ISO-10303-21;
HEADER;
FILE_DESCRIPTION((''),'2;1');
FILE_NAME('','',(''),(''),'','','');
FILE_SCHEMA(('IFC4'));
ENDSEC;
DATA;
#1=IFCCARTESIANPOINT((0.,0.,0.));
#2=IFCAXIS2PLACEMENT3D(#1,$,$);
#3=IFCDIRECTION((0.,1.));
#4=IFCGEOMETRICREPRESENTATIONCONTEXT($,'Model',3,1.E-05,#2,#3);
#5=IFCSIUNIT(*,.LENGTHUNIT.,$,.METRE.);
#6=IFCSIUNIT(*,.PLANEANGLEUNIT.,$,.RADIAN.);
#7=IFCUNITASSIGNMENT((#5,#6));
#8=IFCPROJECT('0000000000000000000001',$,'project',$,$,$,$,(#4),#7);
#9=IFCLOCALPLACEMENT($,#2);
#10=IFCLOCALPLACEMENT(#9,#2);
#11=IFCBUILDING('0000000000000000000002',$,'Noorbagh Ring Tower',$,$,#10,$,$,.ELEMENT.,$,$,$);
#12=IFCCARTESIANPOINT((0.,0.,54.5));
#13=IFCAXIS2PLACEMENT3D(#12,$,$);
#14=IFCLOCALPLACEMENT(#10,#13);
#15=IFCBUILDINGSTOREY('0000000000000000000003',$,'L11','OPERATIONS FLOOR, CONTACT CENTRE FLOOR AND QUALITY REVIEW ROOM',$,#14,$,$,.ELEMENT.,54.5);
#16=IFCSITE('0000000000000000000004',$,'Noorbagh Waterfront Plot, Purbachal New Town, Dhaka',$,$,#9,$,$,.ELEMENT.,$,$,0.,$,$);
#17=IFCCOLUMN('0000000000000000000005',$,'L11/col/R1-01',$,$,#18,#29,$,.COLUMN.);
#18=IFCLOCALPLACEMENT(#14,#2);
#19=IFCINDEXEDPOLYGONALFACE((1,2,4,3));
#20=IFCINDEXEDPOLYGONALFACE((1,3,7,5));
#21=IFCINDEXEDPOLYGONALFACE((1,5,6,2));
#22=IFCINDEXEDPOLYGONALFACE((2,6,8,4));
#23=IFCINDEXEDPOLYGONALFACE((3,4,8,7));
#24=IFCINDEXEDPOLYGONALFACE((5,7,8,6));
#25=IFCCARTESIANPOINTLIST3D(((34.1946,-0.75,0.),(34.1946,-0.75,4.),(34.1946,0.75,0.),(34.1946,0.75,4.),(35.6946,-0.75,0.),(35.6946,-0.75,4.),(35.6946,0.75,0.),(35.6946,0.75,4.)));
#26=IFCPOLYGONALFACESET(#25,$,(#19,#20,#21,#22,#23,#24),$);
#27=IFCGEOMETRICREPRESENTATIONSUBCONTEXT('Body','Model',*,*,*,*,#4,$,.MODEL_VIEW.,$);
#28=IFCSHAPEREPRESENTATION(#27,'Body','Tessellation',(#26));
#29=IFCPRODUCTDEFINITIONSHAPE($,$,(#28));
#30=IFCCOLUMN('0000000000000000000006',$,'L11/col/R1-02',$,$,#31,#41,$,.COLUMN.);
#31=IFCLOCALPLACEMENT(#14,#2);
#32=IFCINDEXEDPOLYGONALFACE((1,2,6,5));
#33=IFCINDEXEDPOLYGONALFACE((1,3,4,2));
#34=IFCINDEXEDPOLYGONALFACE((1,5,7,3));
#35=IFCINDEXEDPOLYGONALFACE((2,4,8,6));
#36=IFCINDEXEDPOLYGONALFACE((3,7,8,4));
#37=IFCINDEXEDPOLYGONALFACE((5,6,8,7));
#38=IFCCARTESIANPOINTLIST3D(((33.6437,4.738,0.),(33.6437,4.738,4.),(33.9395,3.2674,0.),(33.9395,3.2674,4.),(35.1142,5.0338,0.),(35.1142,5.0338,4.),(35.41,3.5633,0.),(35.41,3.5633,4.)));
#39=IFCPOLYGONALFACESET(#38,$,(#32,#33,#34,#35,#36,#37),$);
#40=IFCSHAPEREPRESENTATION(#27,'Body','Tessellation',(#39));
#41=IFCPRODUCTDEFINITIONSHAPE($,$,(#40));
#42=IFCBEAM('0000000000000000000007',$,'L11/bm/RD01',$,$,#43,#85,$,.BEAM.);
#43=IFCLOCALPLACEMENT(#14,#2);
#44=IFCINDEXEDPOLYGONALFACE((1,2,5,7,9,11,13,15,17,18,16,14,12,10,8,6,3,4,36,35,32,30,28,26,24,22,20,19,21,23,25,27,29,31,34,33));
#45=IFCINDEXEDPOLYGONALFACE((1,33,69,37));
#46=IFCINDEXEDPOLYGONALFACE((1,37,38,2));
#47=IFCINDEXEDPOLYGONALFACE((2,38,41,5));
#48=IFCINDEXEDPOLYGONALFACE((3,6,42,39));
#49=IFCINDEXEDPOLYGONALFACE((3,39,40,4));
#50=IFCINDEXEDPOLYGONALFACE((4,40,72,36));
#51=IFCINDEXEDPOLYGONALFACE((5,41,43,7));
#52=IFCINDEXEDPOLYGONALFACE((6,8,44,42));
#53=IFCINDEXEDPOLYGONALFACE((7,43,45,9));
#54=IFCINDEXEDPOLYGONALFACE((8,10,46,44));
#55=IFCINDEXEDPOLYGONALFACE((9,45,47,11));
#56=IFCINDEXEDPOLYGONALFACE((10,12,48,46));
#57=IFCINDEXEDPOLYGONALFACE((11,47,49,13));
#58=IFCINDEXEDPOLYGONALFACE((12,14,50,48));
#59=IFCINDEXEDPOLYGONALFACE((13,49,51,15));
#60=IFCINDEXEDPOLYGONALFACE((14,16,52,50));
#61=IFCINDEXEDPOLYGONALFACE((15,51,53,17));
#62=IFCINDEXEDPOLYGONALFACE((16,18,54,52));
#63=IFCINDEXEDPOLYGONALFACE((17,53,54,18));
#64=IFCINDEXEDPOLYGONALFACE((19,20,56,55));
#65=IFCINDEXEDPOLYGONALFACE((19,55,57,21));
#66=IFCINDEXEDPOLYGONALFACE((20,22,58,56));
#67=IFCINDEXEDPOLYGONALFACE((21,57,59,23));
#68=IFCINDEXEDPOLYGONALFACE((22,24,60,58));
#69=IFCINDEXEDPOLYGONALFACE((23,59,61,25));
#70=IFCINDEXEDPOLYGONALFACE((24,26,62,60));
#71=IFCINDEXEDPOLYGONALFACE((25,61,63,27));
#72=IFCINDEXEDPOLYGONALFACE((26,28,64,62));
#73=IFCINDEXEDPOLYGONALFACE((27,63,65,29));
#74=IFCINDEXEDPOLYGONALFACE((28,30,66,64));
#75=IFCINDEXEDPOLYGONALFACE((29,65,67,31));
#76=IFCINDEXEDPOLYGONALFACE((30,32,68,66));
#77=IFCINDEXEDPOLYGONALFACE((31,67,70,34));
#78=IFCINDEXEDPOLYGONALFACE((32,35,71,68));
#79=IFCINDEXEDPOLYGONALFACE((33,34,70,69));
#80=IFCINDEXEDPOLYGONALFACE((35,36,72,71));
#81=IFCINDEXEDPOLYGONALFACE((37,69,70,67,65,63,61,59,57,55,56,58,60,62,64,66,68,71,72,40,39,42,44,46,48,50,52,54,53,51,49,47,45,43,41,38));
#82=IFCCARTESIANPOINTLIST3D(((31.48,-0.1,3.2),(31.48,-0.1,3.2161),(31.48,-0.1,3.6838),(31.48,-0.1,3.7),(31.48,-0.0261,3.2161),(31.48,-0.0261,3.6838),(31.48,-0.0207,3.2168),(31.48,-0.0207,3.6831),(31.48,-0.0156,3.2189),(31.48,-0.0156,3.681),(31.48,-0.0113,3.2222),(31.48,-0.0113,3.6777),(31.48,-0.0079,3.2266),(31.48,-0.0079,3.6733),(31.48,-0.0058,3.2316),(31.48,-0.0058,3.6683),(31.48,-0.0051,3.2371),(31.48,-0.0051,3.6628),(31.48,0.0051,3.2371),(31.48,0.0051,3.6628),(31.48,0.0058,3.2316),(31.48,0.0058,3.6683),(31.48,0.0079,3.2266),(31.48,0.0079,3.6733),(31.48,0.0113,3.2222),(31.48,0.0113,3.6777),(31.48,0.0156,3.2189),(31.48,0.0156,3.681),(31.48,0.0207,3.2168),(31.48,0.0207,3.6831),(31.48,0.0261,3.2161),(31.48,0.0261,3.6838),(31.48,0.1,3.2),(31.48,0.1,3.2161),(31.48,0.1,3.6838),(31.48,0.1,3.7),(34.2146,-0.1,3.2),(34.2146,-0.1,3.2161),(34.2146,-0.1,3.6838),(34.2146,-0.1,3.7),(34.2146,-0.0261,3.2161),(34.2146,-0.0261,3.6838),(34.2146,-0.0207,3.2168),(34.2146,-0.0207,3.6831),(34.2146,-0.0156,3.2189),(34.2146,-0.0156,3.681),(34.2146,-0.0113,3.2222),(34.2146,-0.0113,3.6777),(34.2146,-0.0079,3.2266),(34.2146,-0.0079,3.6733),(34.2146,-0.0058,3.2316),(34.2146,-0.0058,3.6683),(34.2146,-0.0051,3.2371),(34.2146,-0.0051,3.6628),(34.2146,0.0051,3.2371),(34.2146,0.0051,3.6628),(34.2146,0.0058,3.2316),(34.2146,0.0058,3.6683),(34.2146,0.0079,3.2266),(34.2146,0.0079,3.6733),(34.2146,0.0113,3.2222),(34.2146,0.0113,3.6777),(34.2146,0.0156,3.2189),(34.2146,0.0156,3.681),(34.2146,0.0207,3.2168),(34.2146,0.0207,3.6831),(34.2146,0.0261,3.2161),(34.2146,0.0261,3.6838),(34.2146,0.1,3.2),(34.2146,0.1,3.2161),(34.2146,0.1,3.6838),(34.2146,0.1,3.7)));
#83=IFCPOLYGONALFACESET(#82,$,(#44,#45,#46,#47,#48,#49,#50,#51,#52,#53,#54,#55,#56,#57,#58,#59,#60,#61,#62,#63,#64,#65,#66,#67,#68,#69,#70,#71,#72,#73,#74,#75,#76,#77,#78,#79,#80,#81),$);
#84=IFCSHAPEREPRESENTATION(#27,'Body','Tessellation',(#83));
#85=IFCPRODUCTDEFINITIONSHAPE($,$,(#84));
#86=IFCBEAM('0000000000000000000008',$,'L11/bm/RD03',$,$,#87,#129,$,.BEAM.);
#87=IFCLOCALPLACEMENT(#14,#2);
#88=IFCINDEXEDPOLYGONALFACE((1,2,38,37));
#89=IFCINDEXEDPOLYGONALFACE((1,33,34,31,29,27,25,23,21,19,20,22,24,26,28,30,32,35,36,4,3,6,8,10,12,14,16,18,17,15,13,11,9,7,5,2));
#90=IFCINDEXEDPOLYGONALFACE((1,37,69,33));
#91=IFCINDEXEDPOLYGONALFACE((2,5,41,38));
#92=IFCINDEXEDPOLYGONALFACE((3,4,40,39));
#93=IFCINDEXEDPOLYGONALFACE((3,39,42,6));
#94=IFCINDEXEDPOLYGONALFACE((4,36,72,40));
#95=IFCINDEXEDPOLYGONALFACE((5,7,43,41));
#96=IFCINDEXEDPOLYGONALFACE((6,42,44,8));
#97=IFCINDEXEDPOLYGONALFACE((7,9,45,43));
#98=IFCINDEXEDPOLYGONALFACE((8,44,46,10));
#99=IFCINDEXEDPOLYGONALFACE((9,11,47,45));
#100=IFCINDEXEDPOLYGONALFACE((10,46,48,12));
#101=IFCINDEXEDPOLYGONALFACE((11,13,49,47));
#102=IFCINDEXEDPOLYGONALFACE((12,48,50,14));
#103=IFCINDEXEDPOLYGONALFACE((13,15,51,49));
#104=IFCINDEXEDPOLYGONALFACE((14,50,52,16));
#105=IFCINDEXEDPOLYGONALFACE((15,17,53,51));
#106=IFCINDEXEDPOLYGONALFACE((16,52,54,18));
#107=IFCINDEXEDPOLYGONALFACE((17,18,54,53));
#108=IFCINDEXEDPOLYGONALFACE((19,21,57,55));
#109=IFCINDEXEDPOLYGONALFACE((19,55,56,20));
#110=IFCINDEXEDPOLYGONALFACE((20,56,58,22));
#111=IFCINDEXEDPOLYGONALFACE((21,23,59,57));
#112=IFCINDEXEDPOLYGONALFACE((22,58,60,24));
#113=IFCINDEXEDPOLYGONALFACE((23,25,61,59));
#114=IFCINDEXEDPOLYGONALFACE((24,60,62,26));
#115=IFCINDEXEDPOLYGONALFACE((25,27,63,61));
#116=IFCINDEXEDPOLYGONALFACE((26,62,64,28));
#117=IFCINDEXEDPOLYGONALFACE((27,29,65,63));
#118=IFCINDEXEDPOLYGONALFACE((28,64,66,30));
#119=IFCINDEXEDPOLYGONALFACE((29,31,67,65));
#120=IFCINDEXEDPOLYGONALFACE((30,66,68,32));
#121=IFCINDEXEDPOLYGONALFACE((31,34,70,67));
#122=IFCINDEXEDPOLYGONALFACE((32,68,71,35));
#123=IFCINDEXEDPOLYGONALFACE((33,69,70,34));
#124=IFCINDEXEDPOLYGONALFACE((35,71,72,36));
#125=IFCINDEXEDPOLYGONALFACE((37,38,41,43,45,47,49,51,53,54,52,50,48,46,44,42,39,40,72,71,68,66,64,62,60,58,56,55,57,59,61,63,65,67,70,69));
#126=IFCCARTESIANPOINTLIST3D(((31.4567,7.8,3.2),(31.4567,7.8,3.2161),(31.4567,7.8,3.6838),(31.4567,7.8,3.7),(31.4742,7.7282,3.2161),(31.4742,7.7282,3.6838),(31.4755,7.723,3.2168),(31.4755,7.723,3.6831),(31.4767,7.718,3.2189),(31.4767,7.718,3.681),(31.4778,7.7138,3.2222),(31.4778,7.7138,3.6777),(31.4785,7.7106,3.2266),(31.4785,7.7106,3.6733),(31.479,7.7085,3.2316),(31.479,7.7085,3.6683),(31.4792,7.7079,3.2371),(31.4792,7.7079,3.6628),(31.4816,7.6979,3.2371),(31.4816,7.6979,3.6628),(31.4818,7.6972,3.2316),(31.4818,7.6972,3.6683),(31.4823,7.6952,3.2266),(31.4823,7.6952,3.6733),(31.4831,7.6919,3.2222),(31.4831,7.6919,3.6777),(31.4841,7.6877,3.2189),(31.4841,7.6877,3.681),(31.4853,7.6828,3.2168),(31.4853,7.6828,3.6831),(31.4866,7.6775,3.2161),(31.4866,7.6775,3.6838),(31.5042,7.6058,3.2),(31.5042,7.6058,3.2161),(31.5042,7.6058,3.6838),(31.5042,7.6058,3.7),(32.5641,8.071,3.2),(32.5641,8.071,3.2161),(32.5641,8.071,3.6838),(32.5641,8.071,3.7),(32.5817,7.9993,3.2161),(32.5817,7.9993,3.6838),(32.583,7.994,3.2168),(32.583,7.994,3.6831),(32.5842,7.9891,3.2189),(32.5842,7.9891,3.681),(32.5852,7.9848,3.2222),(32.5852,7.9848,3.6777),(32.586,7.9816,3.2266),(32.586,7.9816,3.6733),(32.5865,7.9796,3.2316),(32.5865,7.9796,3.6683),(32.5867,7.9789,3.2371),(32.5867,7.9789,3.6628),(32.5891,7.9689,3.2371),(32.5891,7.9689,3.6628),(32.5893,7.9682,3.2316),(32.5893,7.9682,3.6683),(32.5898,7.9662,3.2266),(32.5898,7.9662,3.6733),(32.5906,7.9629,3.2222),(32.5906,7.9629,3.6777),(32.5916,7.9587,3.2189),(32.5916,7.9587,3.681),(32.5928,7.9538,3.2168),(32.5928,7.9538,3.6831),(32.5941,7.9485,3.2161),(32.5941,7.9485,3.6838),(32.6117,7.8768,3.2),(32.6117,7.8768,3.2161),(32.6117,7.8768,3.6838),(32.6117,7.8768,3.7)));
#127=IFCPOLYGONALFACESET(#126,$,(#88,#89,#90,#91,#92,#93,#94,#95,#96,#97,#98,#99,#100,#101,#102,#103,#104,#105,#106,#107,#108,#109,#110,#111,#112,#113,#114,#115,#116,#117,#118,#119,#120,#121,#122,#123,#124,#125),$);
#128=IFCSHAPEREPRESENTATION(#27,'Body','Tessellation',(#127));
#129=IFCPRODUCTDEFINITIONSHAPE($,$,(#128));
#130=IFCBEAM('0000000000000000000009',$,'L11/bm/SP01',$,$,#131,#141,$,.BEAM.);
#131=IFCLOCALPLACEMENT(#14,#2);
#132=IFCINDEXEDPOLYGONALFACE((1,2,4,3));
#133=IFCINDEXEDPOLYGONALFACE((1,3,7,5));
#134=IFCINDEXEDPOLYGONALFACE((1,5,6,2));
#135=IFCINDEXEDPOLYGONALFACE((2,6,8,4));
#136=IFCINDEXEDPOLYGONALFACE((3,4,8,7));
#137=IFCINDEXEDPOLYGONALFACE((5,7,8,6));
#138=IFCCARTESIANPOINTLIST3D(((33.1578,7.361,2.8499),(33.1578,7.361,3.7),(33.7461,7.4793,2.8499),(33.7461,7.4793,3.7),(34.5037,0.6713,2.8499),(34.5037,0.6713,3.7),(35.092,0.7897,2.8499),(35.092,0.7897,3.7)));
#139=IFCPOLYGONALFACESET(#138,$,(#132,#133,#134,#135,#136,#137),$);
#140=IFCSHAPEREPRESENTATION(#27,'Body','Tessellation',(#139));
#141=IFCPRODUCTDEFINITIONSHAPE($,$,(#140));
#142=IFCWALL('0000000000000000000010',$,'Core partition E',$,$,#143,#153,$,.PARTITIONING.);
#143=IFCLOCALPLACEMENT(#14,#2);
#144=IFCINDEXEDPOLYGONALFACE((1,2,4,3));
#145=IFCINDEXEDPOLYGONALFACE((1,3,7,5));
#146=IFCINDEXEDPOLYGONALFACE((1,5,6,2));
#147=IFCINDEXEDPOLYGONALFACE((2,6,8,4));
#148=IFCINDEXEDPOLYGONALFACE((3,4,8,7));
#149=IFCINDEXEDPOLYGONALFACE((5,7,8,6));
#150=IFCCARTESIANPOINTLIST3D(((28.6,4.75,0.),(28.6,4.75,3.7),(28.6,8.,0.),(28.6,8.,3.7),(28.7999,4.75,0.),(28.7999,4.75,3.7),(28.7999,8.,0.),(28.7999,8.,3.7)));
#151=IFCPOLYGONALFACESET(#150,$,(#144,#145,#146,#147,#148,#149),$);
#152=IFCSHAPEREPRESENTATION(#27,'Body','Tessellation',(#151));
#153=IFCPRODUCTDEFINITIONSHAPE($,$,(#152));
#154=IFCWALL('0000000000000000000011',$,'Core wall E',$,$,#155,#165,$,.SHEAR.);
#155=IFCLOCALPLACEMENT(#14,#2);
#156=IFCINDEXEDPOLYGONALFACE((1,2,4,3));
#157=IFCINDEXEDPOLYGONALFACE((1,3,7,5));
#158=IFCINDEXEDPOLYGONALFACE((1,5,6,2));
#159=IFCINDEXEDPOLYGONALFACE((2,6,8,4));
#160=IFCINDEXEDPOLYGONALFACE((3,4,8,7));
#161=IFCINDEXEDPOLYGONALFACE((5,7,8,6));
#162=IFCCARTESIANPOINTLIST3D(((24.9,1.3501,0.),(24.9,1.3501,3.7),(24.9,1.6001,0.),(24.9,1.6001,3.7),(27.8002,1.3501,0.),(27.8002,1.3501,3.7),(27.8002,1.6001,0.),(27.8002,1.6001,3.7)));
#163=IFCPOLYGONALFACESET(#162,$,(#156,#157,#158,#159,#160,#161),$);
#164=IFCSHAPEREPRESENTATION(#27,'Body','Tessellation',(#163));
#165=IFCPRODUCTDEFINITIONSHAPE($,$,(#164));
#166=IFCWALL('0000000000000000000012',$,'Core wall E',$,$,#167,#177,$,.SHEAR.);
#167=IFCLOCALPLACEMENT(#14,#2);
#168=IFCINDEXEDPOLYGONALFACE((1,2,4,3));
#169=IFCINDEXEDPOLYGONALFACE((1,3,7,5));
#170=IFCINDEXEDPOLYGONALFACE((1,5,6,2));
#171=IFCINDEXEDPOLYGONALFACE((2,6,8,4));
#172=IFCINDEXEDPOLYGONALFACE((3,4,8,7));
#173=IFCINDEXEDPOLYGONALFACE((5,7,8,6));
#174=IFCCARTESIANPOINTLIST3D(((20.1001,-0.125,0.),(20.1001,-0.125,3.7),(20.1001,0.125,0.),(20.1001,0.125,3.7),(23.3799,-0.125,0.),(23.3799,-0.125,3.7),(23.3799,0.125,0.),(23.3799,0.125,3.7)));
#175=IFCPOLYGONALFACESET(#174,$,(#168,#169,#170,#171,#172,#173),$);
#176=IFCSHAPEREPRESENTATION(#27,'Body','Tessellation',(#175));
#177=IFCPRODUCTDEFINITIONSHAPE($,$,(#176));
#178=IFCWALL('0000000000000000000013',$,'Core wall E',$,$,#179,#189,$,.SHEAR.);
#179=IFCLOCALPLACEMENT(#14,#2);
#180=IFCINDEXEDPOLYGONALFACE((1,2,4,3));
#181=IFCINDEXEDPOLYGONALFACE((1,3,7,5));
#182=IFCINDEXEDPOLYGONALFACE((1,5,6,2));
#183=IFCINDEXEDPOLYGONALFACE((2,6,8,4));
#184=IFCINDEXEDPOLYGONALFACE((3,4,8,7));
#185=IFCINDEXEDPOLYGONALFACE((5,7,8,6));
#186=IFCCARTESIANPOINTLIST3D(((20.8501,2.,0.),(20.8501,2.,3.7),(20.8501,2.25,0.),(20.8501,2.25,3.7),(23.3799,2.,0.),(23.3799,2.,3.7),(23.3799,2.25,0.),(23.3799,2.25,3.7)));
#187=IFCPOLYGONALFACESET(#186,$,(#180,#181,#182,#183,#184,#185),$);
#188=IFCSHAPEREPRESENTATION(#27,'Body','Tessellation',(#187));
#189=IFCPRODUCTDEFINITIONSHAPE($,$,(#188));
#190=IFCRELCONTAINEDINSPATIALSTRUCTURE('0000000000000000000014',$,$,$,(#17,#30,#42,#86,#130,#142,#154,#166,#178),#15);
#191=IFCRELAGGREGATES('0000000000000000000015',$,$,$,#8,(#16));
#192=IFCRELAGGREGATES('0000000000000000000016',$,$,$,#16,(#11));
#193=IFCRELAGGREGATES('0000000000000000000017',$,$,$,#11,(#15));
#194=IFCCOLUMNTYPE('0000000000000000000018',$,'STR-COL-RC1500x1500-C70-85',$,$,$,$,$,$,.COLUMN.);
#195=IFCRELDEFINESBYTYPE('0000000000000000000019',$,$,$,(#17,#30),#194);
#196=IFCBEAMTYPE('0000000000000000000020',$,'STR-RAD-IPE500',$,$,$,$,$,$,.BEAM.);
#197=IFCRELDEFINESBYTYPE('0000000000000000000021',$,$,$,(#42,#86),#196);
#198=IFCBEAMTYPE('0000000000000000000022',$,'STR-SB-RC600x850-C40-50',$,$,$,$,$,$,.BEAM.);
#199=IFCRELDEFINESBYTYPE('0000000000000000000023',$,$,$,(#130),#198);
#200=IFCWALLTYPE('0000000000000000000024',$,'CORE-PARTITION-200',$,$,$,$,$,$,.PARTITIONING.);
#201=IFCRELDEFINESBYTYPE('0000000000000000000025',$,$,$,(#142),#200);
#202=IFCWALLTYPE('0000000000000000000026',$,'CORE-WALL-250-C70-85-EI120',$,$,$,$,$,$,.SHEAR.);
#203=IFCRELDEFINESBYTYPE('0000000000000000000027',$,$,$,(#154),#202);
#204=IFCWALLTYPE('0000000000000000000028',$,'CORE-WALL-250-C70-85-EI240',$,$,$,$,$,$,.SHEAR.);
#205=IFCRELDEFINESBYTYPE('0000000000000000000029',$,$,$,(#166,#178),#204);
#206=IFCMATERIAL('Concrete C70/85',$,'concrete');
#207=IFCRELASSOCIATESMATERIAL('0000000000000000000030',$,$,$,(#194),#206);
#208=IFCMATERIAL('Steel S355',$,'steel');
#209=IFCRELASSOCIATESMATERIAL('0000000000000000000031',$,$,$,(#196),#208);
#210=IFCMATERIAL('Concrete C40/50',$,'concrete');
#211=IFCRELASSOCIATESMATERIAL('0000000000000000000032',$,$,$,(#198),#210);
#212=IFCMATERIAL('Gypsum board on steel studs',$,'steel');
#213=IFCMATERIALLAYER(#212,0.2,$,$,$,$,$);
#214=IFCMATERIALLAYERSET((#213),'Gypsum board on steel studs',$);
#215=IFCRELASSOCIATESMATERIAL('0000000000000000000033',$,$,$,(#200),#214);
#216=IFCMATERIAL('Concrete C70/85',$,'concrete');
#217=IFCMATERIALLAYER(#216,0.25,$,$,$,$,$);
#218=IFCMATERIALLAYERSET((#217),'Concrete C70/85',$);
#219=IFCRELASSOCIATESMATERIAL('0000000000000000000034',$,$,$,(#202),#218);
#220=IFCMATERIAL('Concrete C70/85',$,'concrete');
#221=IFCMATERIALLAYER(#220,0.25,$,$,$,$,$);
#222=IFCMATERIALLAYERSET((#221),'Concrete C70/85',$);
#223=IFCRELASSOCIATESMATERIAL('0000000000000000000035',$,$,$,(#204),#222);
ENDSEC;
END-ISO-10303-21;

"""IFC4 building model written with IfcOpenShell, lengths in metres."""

from ifc_helpers import new_model, si_unit, direction, frame, frame_2d, origin, origin_2d, place, context, subcontext, project, spatial, rectangle, i_section, extrude, material, layer, layer_set, material_profile, profile_set, type_object, element, save


model = new_model("IFC4")

# Units and contexts
model_context = context("Model", 3, precision=1e-05, world=origin(), true_north=direction((0.0, 1.0)))
body_context = subcontext(model_context, "Body", "Model", "MODEL_VIEW")
ifc_project = project(units=[si_unit("LENGTHUNIT", "METRE"), si_unit("PLANEANGLEUNIT", "RADIAN")], contexts=[model_context])

# Site, building, storey
site_placement = place(None, origin())
site = spatial("IfcSite", under=ifc_project, at=site_placement, Name="Noorbagh Waterfront Plot, Purbachal New Town, Dhaka", CompositionType="ELEMENT", RefElevation=0.0)
building_placement = place(site_placement, origin())
building = spatial("IfcBuilding", under=site, at=building_placement, Name="Noorbagh Ring Tower", CompositionType="ELEMENT")
storey_placement = place(building_placement, frame((0.0, 0.0, 54.5)))
storey = spatial("IfcBuildingStorey", under=building, at=storey_placement, Name="L11", Description="OPERATIONS FLOOR, CONTACT CENTRE FLOOR AND QUALITY REVIEW ROOM", CompositionType="ELEMENT", Elevation=54.5)

# Columns
ifc_material_1 = material(Name="Concrete C70/85", Category="concrete")
ifc_material_profile_1 = material_profile(ifc_material_1, rectangle(XDim=1.5, YDim=1.5, at=origin_2d()), Name="RC1500x1500")
ifc_profile_set_1 = profile_set([ifc_material_profile_1], Name="Concrete C70/85")
column_type = type_object("IfcColumnType", Name="STR-COL-RC1500x1500-C70-85", PredefinedType="COLUMN", material=ifc_profile_set_1)
for number, where, z_axis, x_axis, name in (
    (1, (34.9446, 0.0, 0.0), (0.0, 0.0, 1.0), (0.0, 1.0, 0.0), "L11/col/R1-01"),
    (2, (34.5269, 4.1506, 0.0), (0.0, 0.0, 1.0), (-0.19723, 0.980357, 0.0), "L11/col/R1-02"),
):
    element("IfcColumn", number, at=place(storey_placement, frame(where, z_axis=z_axis, x_axis=x_axis)), inside=storey, type_object=column_type, Name=name, PredefinedType="COLUMN", context=body_context, shape_type="SweptSolid", body=[
        extrude(rectangle(XDim=1.5, YDim=1.5, at=origin_2d()), origin(), (0.0, 0.0, 1.0), 4.0),
    ])

# Beams
ifc_material_2 = material(Name="Steel S355", Category="steel")
ifc_material_profile_2 = material_profile(ifc_material_2, i_section(OverallWidth=0.2, OverallDepth=0.5, WebThickness=0.0103, FlangeThickness=0.0161, FilletRadius=0.021, at=origin_2d()), Name="IPE500")
ifc_profile_set_2 = profile_set([ifc_material_profile_2], Name="Steel S355")
beam_type_1 = type_object("IfcBeamType", Name="STR-RAD-IPE500", PredefinedType="BEAM", material=ifc_profile_set_2)
beam_1_placement = place(storey_placement, frame((34.2146, 0.0, 3.45), z_axis=(-1.0, 0.0, 0.0), x_axis=(0.0, -1.0, 0.0)))
element("IfcBeam", 3, at=beam_1_placement, inside=storey, type_object=beam_type_1, Name="L11/bm/RD01", PredefinedType="BEAM", context=body_context, shape_type="SweptSolid", body=[
    extrude(i_section(OverallWidth=0.2, OverallDepth=0.5, WebThickness=0.0103, FlangeThickness=0.0161, FilletRadius=0.021, at=origin_2d()), origin(), (0.0, 0.0, 1.0), 2.7346),
])
beam_2_placement = place(storey_placement, frame((32.5879, 7.9739, 3.45), z_axis=(-0.97134, -0.237696, 0.0), x_axis=(0.237696, -0.97134, 0.0)))
element("IfcBeam", 4, at=beam_2_placement, inside=storey, type_object=beam_type_1, Name="L11/bm/RD03", PredefinedType="BEAM", context=body_context, shape_type="SweptSolid", body=[
    extrude(i_section(OverallWidth=0.2, OverallDepth=0.5, WebThickness=0.0103, FlangeThickness=0.0161, FilletRadius=0.021, at=origin_2d()), origin(), (0.0, 0.0, 1.0), 1.1401),
])
ifc_material_3 = material(Name="Concrete C40/50", Category="concrete")
ifc_material_profile_3 = material_profile(ifc_material_3, rectangle(XDim=0.6001, YDim=0.8501, at=origin_2d()), Name="RC600x850")
ifc_profile_set_3 = profile_set([ifc_material_profile_3], Name="Concrete C40/50")
beam_type_2 = type_object("IfcBeamType", Name="STR-SB-RC600x850-C40-50", PredefinedType="BEAM", material=ifc_profile_set_3)
beam_3_placement = place(storey_placement, frame((34.7979, 0.7305, 3.2749), z_axis=(-0.197244, 0.980354, 0.0), x_axis=(-0.980354, -0.197244, 0.0)))
element("IfcBeam", 5, at=beam_3_placement, inside=storey, type_object=beam_type_2, Name="L11/bm/SP01", PredefinedType="BEAM", context=body_context, shape_type="SweptSolid", body=[
    extrude(rectangle(XDim=0.6001, YDim=0.8501, at=origin_2d()), origin(), (0.0, 0.0, 1.0), 6.8237),
])

# Walls
ifc_material_4 = material(Name="Gypsum board on steel studs", Category="steel")
ifc_layer_1 = layer(ifc_material_4, 0.2)
ifc_layer_set_1 = layer_set([ifc_layer_1], Name="Gypsum board on steel studs")
wall_type_1 = type_object("IfcWallType", Name="CORE-PARTITION-200", PredefinedType="PARTITIONING", material=ifc_layer_set_1)
wall_1_placement = place(storey_placement, frame((28.7, 4.75, 0.0), z_axis=(0.0, 0.0, 1.0), x_axis=(0.0, 1.0, 0.0)))
element("IfcWall", 6, at=wall_1_placement, inside=storey, type_object=wall_type_1, Name="Core partition E", PredefinedType="PARTITIONING", context=body_context, shape_type="SweptSolid", body=[
    extrude(rectangle(XDim=3.25, YDim=0.2, at=frame_2d((1.625, 0.0))), origin(), (0.0, 0.0, 1.0), 3.7),
])
ifc_material_5 = material(Name="Concrete C70/85", Category="concrete")
ifc_layer_2 = layer(ifc_material_5, 0.25)
ifc_layer_set_2 = layer_set([ifc_layer_2], Name="Concrete C70/85")
wall_type_2 = type_object("IfcWallType", Name="CORE-WALL-250-C70-85-EI120", PredefinedType="SHEAR", material=ifc_layer_set_2)
wall_2_placement = place(storey_placement, frame((24.8999, 1.4751, 0.0), z_axis=(0.0, 0.0, 1.0), x_axis=(1.0, 0.0, 0.0)))
element("IfcWall", 7, at=wall_2_placement, inside=storey, type_object=wall_type_2, Name="Core wall E", PredefinedType="SHEAR", context=body_context, shape_type="SweptSolid", body=[
    extrude(rectangle(XDim=2.9001, YDim=0.25, at=frame_2d((1.4502, 0.0))), origin(), (0.0, 0.0, 1.0), 3.7),
])
ifc_material_6 = material(Name="Concrete C70/85", Category="concrete")
ifc_layer_3 = layer(ifc_material_6, 0.25)
ifc_layer_set_3 = layer_set([ifc_layer_3], Name="Concrete C70/85")
wall_type_3 = type_object("IfcWallType", Name="CORE-WALL-250-C70-85-EI240", PredefinedType="SHEAR", material=ifc_layer_set_3)
wall_3_placement = place(storey_placement, frame((20.1001, 0.0, 0.0), z_axis=(0.0, 0.0, 1.0), x_axis=(1.0, 0.0, 0.0)))
element("IfcWall", 8, at=wall_3_placement, inside=storey, type_object=wall_type_3, Name="Core wall E", PredefinedType="SHEAR", context=body_context, shape_type="SweptSolid", body=[
    extrude(rectangle(XDim=3.2798, YDim=0.25, at=frame_2d((1.6399, 0.0))), origin(), (0.0, 0.0, 1.0), 3.7),
])
wall_4_placement = place(storey_placement, frame((20.8501, 2.125, 0.0), z_axis=(0.0, 0.0, 1.0), x_axis=(1.0, 0.0, 0.0)))
element("IfcWall", 9, at=wall_4_placement, inside=storey, type_object=wall_type_3, Name="Core wall E", PredefinedType="SHEAR", context=body_context, shape_type="SweptSolid", body=[
    extrude(rectangle(XDim=2.5298, YDim=0.25, at=frame_2d((1.2649, 0.0))), origin(), (0.0, 0.0, 1.0), 3.7),
])

save(model, "model.ifc")
